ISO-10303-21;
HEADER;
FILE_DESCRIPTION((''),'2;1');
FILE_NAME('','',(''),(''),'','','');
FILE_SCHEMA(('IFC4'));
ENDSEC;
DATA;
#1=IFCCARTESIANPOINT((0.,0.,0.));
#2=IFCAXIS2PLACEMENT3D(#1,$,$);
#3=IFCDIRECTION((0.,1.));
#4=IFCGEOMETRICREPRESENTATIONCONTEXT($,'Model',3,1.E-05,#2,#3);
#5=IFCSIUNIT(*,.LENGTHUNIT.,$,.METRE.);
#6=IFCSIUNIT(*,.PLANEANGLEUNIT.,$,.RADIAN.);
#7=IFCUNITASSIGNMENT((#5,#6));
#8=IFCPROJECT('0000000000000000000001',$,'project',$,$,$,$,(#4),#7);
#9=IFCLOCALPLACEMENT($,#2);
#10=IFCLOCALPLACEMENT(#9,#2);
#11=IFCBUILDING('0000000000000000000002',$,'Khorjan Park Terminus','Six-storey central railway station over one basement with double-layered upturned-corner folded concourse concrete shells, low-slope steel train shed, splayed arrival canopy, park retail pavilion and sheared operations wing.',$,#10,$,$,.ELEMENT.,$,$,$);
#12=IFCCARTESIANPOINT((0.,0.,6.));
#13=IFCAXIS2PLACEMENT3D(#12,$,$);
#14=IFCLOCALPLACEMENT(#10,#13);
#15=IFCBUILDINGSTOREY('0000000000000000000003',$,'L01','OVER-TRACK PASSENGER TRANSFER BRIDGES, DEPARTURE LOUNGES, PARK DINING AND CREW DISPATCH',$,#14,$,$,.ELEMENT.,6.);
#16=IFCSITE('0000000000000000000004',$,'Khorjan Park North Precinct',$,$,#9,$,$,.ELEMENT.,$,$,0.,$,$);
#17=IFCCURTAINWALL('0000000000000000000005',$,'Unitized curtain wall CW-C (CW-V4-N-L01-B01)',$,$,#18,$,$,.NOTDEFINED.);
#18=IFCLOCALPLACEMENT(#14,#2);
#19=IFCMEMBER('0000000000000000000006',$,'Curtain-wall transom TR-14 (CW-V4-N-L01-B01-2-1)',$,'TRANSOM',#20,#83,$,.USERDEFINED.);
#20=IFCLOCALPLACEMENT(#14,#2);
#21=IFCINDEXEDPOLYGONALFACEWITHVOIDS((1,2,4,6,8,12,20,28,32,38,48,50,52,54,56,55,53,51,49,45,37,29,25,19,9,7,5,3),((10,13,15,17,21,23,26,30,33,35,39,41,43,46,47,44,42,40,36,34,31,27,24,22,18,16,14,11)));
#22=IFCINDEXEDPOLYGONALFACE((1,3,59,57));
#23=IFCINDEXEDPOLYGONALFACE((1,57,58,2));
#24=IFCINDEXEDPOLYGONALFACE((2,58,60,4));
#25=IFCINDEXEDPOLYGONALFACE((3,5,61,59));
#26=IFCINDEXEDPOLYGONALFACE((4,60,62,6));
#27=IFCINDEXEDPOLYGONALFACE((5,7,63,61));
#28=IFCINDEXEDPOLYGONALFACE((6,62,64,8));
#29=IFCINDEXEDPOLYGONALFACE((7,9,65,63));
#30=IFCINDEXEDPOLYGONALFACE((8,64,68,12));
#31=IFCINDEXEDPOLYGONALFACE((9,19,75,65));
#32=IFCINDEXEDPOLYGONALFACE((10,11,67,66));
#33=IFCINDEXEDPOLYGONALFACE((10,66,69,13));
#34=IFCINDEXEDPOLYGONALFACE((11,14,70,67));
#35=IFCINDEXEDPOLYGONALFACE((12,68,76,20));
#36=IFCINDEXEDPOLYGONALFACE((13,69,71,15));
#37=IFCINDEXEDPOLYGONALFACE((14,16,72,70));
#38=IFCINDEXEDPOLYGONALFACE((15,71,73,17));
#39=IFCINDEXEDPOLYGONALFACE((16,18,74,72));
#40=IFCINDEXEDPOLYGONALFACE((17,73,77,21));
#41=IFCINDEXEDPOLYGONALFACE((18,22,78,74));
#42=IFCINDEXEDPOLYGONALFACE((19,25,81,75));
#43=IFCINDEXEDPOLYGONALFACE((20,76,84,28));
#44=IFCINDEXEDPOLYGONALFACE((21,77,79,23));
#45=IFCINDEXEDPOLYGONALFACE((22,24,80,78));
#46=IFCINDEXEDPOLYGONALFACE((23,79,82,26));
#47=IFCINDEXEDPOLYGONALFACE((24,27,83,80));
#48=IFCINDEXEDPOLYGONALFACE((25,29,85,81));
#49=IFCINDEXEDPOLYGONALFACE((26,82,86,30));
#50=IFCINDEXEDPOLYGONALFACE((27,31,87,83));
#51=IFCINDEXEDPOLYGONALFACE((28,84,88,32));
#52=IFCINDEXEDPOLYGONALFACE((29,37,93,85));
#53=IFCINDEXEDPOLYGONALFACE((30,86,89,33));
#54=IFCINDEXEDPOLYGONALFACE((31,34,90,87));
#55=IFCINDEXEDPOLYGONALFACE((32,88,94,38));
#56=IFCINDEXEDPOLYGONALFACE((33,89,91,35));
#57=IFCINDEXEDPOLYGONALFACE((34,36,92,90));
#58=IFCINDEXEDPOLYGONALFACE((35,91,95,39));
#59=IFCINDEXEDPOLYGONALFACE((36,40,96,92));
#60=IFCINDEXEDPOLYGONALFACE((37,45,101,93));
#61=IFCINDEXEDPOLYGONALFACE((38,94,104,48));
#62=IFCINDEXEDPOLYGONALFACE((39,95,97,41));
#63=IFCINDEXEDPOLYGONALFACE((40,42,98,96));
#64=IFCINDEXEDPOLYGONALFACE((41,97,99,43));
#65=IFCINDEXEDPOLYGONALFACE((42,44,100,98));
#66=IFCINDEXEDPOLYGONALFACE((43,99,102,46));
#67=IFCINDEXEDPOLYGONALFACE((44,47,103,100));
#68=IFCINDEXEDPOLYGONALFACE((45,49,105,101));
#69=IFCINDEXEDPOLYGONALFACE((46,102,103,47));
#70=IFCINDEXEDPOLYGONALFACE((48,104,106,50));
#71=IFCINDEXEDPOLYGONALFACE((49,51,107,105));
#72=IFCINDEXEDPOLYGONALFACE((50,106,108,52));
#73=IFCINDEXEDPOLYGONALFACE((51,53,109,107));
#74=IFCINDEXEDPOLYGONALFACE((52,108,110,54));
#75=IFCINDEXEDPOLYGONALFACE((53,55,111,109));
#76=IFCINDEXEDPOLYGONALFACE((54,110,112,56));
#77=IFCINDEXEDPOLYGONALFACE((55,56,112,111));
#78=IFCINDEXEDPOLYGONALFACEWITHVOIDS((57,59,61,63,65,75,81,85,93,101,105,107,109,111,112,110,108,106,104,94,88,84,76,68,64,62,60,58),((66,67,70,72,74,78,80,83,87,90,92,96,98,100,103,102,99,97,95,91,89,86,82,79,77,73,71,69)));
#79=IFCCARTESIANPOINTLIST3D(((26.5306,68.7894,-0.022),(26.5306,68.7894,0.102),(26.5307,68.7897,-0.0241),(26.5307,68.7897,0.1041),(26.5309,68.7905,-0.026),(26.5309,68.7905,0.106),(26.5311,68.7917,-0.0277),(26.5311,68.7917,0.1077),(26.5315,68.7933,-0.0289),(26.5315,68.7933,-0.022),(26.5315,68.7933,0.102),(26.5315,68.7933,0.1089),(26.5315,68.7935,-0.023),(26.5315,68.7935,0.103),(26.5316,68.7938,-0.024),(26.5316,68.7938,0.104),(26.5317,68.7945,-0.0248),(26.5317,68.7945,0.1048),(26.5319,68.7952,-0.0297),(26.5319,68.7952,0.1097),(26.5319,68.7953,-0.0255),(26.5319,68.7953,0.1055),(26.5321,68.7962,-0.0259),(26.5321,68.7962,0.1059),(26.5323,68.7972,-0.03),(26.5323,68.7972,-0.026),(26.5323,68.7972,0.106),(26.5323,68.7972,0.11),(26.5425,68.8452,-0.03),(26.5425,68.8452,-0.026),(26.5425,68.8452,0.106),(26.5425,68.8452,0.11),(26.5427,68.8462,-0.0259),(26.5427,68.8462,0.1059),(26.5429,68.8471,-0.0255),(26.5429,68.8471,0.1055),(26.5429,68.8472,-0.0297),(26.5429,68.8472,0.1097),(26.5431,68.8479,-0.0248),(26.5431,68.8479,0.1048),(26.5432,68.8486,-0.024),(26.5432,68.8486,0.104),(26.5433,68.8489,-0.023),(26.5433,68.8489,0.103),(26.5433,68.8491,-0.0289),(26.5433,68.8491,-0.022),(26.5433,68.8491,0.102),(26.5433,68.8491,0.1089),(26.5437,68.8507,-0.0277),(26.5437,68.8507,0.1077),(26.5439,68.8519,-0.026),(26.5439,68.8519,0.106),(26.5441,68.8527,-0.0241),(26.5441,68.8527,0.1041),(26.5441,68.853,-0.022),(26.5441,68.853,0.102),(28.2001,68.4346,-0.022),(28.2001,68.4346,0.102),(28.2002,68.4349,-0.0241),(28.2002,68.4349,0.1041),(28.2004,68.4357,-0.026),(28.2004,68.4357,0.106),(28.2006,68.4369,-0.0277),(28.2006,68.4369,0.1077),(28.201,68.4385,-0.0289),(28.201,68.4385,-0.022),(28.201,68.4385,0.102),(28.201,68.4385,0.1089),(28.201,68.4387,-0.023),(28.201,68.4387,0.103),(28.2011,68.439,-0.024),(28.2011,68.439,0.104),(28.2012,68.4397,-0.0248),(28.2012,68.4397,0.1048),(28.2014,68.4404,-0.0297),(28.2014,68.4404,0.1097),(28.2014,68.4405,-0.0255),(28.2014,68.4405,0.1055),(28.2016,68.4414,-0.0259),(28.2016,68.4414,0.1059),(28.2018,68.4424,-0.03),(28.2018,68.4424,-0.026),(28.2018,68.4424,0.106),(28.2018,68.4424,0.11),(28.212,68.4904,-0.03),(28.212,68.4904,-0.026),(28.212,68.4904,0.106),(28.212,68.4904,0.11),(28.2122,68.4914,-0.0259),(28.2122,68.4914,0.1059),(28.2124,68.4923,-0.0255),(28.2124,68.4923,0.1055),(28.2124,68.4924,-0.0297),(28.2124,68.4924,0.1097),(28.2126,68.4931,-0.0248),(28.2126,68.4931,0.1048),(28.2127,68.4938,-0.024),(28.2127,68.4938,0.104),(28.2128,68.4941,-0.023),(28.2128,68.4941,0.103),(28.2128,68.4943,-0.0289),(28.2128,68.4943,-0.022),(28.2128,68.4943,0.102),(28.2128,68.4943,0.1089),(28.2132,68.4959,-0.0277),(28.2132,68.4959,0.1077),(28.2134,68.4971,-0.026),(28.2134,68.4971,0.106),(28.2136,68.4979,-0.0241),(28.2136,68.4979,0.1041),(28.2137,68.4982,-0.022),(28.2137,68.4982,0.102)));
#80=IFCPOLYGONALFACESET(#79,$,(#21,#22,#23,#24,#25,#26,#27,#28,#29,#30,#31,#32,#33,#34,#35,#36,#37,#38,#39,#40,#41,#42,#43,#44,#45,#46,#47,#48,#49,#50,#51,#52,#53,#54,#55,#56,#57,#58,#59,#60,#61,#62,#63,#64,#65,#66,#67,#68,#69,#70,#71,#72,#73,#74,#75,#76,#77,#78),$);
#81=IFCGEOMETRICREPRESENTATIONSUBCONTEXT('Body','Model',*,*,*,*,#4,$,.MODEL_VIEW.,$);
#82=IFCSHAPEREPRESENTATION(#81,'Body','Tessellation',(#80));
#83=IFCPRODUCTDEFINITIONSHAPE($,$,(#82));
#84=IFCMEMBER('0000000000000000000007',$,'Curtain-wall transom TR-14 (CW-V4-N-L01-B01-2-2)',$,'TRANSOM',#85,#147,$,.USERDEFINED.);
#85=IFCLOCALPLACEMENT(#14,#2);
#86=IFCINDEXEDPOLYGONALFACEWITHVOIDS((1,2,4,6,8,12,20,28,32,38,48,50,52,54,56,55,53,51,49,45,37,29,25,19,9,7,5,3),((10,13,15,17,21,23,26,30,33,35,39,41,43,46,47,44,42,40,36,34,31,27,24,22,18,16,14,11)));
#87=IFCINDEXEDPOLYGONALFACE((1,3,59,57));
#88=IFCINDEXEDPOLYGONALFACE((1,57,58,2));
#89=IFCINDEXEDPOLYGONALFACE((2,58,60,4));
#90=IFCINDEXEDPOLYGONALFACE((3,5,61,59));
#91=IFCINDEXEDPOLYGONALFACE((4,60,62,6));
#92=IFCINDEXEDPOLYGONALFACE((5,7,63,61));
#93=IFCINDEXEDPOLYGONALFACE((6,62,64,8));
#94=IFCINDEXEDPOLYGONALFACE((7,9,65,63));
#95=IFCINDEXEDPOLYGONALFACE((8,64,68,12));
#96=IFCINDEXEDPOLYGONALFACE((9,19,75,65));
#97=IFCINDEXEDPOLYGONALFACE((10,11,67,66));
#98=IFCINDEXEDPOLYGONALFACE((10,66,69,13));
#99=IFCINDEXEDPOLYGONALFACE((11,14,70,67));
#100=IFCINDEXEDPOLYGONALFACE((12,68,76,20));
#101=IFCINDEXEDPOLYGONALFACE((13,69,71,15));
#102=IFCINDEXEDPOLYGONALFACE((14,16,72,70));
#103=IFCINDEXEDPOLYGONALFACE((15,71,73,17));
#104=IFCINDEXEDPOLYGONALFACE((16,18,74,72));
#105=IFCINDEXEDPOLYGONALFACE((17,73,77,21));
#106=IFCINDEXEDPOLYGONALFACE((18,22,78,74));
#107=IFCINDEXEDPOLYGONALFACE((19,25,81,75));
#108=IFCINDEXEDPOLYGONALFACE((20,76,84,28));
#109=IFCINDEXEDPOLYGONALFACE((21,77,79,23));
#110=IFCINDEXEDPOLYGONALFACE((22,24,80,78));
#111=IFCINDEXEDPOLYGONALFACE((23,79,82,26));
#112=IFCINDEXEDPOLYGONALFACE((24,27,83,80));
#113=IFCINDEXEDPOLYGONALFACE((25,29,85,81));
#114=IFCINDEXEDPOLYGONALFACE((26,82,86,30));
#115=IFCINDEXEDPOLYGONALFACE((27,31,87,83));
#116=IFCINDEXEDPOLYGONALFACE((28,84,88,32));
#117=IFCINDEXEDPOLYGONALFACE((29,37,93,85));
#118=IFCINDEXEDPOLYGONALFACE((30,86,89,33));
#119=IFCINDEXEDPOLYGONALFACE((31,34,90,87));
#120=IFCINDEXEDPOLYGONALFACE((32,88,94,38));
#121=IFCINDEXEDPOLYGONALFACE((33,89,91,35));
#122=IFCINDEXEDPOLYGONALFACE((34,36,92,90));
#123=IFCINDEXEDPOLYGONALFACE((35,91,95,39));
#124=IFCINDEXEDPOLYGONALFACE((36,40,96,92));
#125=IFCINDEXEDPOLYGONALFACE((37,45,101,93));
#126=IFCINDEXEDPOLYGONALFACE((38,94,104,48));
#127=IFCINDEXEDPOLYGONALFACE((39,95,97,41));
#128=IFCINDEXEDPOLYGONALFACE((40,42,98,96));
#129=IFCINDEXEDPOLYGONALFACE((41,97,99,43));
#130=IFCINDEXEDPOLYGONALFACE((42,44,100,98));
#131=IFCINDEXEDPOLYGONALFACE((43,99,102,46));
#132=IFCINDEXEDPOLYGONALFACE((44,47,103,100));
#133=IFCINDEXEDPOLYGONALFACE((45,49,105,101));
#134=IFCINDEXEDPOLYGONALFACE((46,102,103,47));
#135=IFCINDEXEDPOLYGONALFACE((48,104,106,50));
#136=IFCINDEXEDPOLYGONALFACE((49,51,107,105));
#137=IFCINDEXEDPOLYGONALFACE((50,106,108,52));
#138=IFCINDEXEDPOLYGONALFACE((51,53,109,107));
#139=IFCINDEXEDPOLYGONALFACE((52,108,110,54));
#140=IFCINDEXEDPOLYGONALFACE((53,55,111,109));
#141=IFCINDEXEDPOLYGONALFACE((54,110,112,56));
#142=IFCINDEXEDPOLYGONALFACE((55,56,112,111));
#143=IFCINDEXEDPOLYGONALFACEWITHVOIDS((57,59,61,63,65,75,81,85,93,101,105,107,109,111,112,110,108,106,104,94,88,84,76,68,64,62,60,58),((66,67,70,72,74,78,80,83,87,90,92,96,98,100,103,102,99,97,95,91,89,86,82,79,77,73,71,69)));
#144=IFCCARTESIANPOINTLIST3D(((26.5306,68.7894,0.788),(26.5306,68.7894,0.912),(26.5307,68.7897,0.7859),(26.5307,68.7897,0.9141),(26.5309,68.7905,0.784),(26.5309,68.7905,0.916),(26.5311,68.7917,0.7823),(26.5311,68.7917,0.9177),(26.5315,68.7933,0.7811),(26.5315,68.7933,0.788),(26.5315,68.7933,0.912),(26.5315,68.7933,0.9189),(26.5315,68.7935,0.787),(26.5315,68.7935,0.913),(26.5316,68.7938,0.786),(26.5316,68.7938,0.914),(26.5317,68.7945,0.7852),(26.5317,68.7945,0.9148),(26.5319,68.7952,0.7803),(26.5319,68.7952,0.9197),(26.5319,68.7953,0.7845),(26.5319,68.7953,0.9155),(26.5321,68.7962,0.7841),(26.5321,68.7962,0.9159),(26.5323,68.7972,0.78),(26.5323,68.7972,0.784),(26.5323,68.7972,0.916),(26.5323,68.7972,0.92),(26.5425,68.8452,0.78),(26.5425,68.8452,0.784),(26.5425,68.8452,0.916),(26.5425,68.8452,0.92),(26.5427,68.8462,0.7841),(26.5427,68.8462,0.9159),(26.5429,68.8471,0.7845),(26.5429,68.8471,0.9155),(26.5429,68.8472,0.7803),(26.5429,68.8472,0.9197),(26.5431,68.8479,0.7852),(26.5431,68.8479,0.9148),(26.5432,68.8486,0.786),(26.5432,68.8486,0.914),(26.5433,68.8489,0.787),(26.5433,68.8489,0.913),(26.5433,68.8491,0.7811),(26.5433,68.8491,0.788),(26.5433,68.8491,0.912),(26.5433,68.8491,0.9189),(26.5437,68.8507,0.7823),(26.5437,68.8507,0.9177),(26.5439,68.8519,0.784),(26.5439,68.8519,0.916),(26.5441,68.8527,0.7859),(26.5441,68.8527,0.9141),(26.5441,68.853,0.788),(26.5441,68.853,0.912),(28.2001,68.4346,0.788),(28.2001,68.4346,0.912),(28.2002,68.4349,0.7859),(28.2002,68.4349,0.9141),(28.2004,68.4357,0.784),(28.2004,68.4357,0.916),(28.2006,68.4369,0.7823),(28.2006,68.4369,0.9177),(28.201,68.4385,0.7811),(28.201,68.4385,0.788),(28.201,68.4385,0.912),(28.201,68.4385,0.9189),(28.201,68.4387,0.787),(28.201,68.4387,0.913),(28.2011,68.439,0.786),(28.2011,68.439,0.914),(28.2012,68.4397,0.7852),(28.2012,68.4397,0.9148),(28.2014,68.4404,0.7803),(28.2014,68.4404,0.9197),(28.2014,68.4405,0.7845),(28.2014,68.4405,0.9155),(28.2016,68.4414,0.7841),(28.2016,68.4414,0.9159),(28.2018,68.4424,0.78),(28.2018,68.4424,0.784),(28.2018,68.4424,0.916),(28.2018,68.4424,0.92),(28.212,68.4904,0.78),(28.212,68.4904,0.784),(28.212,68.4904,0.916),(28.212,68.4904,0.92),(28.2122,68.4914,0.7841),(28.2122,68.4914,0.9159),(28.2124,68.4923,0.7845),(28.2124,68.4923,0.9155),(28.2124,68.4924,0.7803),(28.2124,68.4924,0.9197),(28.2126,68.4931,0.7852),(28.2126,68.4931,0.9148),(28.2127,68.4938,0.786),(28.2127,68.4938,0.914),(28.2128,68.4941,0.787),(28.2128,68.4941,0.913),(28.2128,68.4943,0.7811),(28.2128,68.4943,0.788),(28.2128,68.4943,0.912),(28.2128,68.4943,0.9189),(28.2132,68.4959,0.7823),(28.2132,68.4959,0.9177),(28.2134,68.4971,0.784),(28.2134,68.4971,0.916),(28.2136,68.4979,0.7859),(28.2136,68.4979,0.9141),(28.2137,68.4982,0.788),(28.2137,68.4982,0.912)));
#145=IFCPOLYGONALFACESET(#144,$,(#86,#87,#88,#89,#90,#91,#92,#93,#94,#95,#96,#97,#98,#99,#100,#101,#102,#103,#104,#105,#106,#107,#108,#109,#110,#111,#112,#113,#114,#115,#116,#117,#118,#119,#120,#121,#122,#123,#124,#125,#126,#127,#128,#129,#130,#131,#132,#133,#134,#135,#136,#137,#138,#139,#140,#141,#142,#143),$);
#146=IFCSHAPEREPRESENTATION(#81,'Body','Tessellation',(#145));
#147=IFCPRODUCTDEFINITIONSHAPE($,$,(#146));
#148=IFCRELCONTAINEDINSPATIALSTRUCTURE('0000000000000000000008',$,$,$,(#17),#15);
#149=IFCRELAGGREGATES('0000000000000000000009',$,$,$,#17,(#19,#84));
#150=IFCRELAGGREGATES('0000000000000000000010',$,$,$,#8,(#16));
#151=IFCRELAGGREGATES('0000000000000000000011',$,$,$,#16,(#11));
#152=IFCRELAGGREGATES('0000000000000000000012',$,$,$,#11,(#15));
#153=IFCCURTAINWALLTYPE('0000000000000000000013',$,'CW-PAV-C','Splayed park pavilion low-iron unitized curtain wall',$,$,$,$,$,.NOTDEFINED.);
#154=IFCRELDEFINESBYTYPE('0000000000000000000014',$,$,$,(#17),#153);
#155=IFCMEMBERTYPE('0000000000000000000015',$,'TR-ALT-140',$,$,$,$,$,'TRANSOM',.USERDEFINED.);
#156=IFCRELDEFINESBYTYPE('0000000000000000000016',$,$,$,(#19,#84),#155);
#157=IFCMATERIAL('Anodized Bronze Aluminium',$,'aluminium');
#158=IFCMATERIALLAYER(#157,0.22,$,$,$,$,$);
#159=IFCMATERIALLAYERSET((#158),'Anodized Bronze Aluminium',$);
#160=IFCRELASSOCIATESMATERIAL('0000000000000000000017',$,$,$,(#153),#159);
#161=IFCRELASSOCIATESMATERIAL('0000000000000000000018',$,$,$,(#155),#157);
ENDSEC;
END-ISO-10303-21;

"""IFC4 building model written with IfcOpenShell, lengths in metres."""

from ifc_helpers import new_model, si_unit, direction, frame, origin, origin_2d, place, context, subcontext, project, spatial, hollow_rectangle, extrude, material, layer, layer_set, material_profile, profile_set, type_object, element, aggregate, save


model = new_model("IFC4")

# Units and contexts
model_context = context("Model", 3, precision=1e-05, world=origin(), true_north=direction((0.0, 1.0)))
body_context = subcontext(model_context, "Body", "Model", "MODEL_VIEW")
ifc_project = project(units=[si_unit("LENGTHUNIT", "METRE"), si_unit("PLANEANGLEUNIT", "RADIAN")], contexts=[model_context])

# Site, building, storey
site_placement = place(None, origin())
site = spatial("IfcSite", under=ifc_project, at=site_placement, Name="Khorjan Park North Precinct", CompositionType="ELEMENT", RefElevation=0.0)
building_placement = place(site_placement, origin())
building = spatial("IfcBuilding", under=site, at=building_placement, Name="Khorjan Park Terminus", Description="Six-storey central railway station over one basement with double-layered upturned-corner folded concourse concrete shells, low-slope steel train shed, splayed arrival canopy, park retail pavilion and sheared operations wing.", CompositionType="ELEMENT")
storey_placement = place(building_placement, frame((0.0, 0.0, 6.0)))
storey = spatial("IfcBuildingStorey", under=building, at=storey_placement, Name="L01", Description="OVER-TRACK PASSENGER TRANSFER BRIDGES, DEPARTURE LOUNGES, PARK DINING AND CREW DISPATCH", CompositionType="ELEMENT", Elevation=6.0)

# Curtain wall, members
ifc_material_1 = material(Name="Anodized Bronze Aluminium", Category="aluminium")
ifc_layer_1 = layer(ifc_material_1, 0.22)
ifc_layer_set_1 = layer_set([ifc_layer_1], Name="Anodized Bronze Aluminium")
curtain_wall_type = type_object("IfcCurtainWallType", Name="CW-PAV-C", Description="Splayed park pavilion low-iron unitized curtain wall", PredefinedType="NOTDEFINED", material=ifc_layer_set_1)
curtain_wall_1_placement = place(storey_placement, origin())
curtain_wall_1 = element("IfcCurtainWall", 1, at=curtain_wall_1_placement, inside=storey, type_object=curtain_wall_type, Name="Unitized curtain wall CW-C (CW-V4-N-L01-B01)", PredefinedType="NOTDEFINED")
ifc_material_profile_1 = material_profile(ifc_material_1, hollow_rectangle(XDim=0.065, YDim=0.14, WallThickness=0.004, InnerFilletRadius=0.004, OuterFilletRadius=0.008, at=origin_2d()), Name="ALT 65x140x4")
ifc_profile_set_1 = profile_set([ifc_material_profile_1], Name="Anodized Bronze Aluminium")
member_type_1 = type_object("IfcMemberType", Name="TR-ALT-140", ElementType="TRANSOM", PredefinedType="USERDEFINED", material=ifc_profile_set_1)
member_1_placement = place(storey_placement, frame((28.2069, 68.4664, 0.04), z_axis=(-0.978155, 0.207876, 0.0), x_axis=(-0.207876, -0.978155, 0.0)))
member_1 = element("IfcMember", 2, at=member_1_placement, type_object=member_type_1, Name="Curtain-wall transom TR-14 (CW-V4-N-L01-B01-2-1)", ObjectType="TRANSOM", PredefinedType="USERDEFINED", context=body_context, shape_type="SweptSolid", body=[
    extrude(hollow_rectangle(XDim=0.065, YDim=0.14, WallThickness=0.004, InnerFilletRadius=0.004, OuterFilletRadius=0.008, at=origin_2d()), origin(), (0.0, 0.0, 1.0), 1.7068),
])
member_2_placement = place(storey_placement, frame((28.2069, 68.4664, 0.85), z_axis=(-0.978155, 0.207876, 0.0), x_axis=(-0.207876, -0.978155, 0.0)))
member_2 = element("IfcMember", 3, at=member_2_placement, type_object=member_type_1, Name="Curtain-wall transom TR-14 (CW-V4-N-L01-B01-2-2)", ObjectType="TRANSOM", PredefinedType="USERDEFINED", context=body_context, shape_type="SweptSolid", body=[
    extrude(hollow_rectangle(XDim=0.065, YDim=0.14, WallThickness=0.004, InnerFilletRadius=0.004, OuterFilletRadius=0.008, at=origin_2d()), origin(), (0.0, 0.0, 1.0), 1.7068),
])

aggregate(curtain_wall_1, [member_1, member_2])

save(model, "model.ifc")
